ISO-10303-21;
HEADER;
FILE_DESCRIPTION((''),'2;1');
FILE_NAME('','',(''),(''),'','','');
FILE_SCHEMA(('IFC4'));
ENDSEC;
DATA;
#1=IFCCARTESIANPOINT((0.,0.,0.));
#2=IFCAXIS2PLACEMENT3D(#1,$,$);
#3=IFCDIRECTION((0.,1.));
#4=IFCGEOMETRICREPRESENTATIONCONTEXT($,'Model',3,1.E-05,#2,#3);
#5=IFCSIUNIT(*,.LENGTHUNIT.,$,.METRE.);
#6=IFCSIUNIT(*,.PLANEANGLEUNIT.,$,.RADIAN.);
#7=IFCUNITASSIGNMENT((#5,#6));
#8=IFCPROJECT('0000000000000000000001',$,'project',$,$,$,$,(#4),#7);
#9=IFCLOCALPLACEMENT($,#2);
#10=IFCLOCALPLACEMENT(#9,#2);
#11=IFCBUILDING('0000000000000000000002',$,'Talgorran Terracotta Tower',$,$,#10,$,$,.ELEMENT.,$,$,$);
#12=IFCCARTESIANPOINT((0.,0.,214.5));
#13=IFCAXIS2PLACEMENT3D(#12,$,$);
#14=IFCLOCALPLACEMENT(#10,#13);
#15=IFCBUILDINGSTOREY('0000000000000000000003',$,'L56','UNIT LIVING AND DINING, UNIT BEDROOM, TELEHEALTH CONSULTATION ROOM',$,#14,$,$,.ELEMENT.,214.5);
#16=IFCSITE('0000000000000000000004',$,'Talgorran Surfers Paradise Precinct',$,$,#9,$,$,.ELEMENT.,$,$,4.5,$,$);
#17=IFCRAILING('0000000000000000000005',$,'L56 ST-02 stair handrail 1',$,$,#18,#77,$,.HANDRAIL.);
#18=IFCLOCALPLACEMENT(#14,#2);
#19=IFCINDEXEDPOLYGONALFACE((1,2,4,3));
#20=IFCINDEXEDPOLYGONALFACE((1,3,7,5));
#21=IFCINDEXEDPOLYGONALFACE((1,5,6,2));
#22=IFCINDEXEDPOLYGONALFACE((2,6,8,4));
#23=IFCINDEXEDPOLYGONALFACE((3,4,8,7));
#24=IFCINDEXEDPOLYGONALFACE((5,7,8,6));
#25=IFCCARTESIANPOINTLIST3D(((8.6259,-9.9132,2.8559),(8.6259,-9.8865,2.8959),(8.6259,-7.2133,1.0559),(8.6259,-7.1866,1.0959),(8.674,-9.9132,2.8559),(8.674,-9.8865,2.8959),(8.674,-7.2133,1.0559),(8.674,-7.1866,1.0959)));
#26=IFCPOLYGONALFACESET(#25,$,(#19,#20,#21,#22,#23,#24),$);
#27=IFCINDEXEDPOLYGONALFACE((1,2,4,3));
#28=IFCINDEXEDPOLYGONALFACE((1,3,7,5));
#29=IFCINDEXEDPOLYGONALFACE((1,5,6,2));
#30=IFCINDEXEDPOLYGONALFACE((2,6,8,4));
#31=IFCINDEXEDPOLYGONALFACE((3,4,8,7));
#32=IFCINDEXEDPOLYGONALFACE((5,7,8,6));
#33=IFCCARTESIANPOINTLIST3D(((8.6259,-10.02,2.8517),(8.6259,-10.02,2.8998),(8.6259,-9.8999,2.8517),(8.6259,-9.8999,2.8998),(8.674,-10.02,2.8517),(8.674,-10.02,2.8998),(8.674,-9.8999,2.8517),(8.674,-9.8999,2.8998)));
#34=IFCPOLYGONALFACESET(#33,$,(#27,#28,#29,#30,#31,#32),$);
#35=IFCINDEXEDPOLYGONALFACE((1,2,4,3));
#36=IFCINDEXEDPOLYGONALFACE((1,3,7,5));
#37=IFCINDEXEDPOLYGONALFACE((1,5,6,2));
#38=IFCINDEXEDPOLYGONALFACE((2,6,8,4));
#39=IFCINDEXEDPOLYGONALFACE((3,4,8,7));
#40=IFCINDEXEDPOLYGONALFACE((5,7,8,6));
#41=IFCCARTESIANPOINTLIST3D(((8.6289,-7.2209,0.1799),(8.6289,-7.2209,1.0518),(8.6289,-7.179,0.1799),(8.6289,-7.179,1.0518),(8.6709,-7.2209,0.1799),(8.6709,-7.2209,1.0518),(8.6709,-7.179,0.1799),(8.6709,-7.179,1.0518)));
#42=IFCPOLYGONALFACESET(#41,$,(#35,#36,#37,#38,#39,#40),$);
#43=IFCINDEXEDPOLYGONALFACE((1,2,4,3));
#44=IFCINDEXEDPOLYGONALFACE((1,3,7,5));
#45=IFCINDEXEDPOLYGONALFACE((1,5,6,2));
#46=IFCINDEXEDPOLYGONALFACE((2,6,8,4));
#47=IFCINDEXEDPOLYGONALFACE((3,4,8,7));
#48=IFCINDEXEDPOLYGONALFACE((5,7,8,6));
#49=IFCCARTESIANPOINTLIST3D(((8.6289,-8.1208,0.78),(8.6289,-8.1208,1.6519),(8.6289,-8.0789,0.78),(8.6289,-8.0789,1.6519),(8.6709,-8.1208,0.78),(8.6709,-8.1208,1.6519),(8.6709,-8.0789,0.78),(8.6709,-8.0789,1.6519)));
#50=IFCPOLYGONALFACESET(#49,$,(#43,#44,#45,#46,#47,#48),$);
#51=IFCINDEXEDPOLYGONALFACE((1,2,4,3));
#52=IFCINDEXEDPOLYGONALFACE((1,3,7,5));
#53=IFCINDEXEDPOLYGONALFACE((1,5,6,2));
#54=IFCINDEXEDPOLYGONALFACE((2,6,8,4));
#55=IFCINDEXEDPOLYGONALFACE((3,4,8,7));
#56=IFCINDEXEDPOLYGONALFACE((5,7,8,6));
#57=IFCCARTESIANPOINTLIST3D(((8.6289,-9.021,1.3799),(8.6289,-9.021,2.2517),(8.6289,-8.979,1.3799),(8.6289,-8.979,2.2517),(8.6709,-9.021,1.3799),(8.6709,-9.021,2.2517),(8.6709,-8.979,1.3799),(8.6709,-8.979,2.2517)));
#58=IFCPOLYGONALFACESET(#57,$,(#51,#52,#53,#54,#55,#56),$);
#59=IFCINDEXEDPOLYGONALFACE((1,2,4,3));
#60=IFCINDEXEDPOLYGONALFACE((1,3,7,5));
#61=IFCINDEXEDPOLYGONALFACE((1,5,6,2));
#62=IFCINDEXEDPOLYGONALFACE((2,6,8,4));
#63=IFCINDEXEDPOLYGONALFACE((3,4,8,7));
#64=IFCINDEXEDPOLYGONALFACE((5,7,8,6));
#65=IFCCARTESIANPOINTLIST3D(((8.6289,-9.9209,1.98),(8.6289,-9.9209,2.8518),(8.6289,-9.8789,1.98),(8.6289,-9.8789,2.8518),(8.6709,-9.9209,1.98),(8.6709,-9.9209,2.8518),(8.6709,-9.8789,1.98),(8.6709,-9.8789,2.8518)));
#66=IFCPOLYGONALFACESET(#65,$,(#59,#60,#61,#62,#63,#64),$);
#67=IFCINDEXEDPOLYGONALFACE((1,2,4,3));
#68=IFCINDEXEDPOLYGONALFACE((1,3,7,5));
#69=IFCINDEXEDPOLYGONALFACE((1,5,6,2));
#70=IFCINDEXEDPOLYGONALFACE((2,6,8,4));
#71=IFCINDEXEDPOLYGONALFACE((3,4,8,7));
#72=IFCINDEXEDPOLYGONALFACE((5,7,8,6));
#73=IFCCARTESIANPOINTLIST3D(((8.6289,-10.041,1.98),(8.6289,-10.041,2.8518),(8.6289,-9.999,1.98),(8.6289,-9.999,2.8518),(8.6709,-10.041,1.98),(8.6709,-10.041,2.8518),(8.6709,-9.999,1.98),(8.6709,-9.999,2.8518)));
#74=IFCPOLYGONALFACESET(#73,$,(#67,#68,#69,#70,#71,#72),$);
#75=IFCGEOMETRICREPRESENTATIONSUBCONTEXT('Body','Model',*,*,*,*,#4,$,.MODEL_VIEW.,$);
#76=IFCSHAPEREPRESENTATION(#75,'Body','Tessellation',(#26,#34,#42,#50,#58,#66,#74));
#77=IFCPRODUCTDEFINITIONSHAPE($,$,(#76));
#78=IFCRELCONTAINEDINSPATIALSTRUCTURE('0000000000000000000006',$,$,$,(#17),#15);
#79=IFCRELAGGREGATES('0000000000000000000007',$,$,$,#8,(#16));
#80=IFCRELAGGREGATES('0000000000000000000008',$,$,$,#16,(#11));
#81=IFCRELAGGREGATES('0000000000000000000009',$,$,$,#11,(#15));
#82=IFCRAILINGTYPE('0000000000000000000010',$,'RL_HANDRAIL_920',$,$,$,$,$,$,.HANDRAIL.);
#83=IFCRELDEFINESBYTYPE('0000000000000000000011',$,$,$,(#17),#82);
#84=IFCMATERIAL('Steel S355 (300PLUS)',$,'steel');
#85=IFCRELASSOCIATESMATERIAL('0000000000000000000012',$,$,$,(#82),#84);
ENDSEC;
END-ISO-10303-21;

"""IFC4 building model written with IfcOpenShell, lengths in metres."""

from ifc_helpers import new_model, si_unit, direction, frame, origin, origin_2d, place, context, subcontext, project, spatial, rectangle, extrude, material, type_object, element, save


model = new_model("IFC4")

# Units and contexts
model_context = context("Model", 3, precision=1e-05, world=origin(), true_north=direction((0.0, 1.0)))
body_context = subcontext(model_context, "Body", "Model", "MODEL_VIEW")
ifc_project = project(units=[si_unit("LENGTHUNIT", "METRE"), si_unit("PLANEANGLEUNIT", "RADIAN")], contexts=[model_context])

# Site, building, storey
site_placement = place(None, origin())
site = spatial("IfcSite", under=ifc_project, at=site_placement, Name="Talgorran Surfers Paradise Precinct", CompositionType="ELEMENT", RefElevation=4.5)
building_placement = place(site_placement, origin())
building = spatial("IfcBuilding", under=site, at=building_placement, Name="Talgorran Terracotta Tower", CompositionType="ELEMENT")
storey_placement = place(building_placement, frame((0.0, 0.0, 214.5)))
storey = spatial("IfcBuildingStorey", under=building, at=storey_placement, Name="L56", Description="UNIT LIVING AND DINING, UNIT BEDROOM, TELEHEALTH CONSULTATION ROOM", CompositionType="ELEMENT", Elevation=214.5)

# Shared definitions
ifc_material_1 = material(Name="Steel S355 (300PLUS)", Category="steel")

# Railing
railing_type = type_object("IfcRailingType", Name="RL_HANDRAIL_920", PredefinedType="HANDRAIL", material=ifc_material_1)
railing_placement = place(storey_placement, frame((8.6499, -7.2, 0.1799)))
element("IfcRailing", 1, at=railing_placement, inside=storey, type_object=railing_type, Name="L56 ST-02 stair handrail 1", PredefinedType="HANDRAIL", context=body_context, shape_type="SweptSolid", body=[
    extrude(rectangle(XDim=0.0481, YDim=0.0481, at=origin_2d()), frame((0.0, 0.0, 0.896), z_axis=(0.0, -0.832039, 0.554718), x_axis=(1.0, 0.0, 0.0)), (0.0, 0.0, 1.0), 3.2449),
    extrude(rectangle(XDim=0.0481, YDim=0.0481, at=origin_2d()), frame((0.0, -2.7, 2.6958), z_axis=(0.0, -1.0, 0.0), x_axis=(1.0, 0.0, 0.0)), (0.0, 0.0, 1.0), 0.1201),
    extrude(rectangle(XDim=0.042, YDim=0.042, at=origin_2d()), origin(), (0.0, 0.0, 1.0), 0.8718),
    extrude(rectangle(XDim=0.042, YDim=0.042, at=origin_2d()), frame((0.0, -0.8999, 0.6001)), (0.0, 0.0, 1.0), 0.8718),
    extrude(rectangle(XDim=0.042, YDim=0.042, at=origin_2d()), frame((0.0, -1.8, 1.2)), (0.0, 0.0, 1.0), 0.8718),
    extrude(rectangle(XDim=0.042, YDim=0.042, at=origin_2d()), frame((0.0, -2.7, 1.8)), (0.0, 0.0, 1.0), 0.8718),
    extrude(rectangle(XDim=0.042, YDim=0.042, at=origin_2d()), frame((0.0, -2.8201, 1.8)), (0.0, 0.0, 1.0), 0.8718),
])

save(model, "model.ifc")
